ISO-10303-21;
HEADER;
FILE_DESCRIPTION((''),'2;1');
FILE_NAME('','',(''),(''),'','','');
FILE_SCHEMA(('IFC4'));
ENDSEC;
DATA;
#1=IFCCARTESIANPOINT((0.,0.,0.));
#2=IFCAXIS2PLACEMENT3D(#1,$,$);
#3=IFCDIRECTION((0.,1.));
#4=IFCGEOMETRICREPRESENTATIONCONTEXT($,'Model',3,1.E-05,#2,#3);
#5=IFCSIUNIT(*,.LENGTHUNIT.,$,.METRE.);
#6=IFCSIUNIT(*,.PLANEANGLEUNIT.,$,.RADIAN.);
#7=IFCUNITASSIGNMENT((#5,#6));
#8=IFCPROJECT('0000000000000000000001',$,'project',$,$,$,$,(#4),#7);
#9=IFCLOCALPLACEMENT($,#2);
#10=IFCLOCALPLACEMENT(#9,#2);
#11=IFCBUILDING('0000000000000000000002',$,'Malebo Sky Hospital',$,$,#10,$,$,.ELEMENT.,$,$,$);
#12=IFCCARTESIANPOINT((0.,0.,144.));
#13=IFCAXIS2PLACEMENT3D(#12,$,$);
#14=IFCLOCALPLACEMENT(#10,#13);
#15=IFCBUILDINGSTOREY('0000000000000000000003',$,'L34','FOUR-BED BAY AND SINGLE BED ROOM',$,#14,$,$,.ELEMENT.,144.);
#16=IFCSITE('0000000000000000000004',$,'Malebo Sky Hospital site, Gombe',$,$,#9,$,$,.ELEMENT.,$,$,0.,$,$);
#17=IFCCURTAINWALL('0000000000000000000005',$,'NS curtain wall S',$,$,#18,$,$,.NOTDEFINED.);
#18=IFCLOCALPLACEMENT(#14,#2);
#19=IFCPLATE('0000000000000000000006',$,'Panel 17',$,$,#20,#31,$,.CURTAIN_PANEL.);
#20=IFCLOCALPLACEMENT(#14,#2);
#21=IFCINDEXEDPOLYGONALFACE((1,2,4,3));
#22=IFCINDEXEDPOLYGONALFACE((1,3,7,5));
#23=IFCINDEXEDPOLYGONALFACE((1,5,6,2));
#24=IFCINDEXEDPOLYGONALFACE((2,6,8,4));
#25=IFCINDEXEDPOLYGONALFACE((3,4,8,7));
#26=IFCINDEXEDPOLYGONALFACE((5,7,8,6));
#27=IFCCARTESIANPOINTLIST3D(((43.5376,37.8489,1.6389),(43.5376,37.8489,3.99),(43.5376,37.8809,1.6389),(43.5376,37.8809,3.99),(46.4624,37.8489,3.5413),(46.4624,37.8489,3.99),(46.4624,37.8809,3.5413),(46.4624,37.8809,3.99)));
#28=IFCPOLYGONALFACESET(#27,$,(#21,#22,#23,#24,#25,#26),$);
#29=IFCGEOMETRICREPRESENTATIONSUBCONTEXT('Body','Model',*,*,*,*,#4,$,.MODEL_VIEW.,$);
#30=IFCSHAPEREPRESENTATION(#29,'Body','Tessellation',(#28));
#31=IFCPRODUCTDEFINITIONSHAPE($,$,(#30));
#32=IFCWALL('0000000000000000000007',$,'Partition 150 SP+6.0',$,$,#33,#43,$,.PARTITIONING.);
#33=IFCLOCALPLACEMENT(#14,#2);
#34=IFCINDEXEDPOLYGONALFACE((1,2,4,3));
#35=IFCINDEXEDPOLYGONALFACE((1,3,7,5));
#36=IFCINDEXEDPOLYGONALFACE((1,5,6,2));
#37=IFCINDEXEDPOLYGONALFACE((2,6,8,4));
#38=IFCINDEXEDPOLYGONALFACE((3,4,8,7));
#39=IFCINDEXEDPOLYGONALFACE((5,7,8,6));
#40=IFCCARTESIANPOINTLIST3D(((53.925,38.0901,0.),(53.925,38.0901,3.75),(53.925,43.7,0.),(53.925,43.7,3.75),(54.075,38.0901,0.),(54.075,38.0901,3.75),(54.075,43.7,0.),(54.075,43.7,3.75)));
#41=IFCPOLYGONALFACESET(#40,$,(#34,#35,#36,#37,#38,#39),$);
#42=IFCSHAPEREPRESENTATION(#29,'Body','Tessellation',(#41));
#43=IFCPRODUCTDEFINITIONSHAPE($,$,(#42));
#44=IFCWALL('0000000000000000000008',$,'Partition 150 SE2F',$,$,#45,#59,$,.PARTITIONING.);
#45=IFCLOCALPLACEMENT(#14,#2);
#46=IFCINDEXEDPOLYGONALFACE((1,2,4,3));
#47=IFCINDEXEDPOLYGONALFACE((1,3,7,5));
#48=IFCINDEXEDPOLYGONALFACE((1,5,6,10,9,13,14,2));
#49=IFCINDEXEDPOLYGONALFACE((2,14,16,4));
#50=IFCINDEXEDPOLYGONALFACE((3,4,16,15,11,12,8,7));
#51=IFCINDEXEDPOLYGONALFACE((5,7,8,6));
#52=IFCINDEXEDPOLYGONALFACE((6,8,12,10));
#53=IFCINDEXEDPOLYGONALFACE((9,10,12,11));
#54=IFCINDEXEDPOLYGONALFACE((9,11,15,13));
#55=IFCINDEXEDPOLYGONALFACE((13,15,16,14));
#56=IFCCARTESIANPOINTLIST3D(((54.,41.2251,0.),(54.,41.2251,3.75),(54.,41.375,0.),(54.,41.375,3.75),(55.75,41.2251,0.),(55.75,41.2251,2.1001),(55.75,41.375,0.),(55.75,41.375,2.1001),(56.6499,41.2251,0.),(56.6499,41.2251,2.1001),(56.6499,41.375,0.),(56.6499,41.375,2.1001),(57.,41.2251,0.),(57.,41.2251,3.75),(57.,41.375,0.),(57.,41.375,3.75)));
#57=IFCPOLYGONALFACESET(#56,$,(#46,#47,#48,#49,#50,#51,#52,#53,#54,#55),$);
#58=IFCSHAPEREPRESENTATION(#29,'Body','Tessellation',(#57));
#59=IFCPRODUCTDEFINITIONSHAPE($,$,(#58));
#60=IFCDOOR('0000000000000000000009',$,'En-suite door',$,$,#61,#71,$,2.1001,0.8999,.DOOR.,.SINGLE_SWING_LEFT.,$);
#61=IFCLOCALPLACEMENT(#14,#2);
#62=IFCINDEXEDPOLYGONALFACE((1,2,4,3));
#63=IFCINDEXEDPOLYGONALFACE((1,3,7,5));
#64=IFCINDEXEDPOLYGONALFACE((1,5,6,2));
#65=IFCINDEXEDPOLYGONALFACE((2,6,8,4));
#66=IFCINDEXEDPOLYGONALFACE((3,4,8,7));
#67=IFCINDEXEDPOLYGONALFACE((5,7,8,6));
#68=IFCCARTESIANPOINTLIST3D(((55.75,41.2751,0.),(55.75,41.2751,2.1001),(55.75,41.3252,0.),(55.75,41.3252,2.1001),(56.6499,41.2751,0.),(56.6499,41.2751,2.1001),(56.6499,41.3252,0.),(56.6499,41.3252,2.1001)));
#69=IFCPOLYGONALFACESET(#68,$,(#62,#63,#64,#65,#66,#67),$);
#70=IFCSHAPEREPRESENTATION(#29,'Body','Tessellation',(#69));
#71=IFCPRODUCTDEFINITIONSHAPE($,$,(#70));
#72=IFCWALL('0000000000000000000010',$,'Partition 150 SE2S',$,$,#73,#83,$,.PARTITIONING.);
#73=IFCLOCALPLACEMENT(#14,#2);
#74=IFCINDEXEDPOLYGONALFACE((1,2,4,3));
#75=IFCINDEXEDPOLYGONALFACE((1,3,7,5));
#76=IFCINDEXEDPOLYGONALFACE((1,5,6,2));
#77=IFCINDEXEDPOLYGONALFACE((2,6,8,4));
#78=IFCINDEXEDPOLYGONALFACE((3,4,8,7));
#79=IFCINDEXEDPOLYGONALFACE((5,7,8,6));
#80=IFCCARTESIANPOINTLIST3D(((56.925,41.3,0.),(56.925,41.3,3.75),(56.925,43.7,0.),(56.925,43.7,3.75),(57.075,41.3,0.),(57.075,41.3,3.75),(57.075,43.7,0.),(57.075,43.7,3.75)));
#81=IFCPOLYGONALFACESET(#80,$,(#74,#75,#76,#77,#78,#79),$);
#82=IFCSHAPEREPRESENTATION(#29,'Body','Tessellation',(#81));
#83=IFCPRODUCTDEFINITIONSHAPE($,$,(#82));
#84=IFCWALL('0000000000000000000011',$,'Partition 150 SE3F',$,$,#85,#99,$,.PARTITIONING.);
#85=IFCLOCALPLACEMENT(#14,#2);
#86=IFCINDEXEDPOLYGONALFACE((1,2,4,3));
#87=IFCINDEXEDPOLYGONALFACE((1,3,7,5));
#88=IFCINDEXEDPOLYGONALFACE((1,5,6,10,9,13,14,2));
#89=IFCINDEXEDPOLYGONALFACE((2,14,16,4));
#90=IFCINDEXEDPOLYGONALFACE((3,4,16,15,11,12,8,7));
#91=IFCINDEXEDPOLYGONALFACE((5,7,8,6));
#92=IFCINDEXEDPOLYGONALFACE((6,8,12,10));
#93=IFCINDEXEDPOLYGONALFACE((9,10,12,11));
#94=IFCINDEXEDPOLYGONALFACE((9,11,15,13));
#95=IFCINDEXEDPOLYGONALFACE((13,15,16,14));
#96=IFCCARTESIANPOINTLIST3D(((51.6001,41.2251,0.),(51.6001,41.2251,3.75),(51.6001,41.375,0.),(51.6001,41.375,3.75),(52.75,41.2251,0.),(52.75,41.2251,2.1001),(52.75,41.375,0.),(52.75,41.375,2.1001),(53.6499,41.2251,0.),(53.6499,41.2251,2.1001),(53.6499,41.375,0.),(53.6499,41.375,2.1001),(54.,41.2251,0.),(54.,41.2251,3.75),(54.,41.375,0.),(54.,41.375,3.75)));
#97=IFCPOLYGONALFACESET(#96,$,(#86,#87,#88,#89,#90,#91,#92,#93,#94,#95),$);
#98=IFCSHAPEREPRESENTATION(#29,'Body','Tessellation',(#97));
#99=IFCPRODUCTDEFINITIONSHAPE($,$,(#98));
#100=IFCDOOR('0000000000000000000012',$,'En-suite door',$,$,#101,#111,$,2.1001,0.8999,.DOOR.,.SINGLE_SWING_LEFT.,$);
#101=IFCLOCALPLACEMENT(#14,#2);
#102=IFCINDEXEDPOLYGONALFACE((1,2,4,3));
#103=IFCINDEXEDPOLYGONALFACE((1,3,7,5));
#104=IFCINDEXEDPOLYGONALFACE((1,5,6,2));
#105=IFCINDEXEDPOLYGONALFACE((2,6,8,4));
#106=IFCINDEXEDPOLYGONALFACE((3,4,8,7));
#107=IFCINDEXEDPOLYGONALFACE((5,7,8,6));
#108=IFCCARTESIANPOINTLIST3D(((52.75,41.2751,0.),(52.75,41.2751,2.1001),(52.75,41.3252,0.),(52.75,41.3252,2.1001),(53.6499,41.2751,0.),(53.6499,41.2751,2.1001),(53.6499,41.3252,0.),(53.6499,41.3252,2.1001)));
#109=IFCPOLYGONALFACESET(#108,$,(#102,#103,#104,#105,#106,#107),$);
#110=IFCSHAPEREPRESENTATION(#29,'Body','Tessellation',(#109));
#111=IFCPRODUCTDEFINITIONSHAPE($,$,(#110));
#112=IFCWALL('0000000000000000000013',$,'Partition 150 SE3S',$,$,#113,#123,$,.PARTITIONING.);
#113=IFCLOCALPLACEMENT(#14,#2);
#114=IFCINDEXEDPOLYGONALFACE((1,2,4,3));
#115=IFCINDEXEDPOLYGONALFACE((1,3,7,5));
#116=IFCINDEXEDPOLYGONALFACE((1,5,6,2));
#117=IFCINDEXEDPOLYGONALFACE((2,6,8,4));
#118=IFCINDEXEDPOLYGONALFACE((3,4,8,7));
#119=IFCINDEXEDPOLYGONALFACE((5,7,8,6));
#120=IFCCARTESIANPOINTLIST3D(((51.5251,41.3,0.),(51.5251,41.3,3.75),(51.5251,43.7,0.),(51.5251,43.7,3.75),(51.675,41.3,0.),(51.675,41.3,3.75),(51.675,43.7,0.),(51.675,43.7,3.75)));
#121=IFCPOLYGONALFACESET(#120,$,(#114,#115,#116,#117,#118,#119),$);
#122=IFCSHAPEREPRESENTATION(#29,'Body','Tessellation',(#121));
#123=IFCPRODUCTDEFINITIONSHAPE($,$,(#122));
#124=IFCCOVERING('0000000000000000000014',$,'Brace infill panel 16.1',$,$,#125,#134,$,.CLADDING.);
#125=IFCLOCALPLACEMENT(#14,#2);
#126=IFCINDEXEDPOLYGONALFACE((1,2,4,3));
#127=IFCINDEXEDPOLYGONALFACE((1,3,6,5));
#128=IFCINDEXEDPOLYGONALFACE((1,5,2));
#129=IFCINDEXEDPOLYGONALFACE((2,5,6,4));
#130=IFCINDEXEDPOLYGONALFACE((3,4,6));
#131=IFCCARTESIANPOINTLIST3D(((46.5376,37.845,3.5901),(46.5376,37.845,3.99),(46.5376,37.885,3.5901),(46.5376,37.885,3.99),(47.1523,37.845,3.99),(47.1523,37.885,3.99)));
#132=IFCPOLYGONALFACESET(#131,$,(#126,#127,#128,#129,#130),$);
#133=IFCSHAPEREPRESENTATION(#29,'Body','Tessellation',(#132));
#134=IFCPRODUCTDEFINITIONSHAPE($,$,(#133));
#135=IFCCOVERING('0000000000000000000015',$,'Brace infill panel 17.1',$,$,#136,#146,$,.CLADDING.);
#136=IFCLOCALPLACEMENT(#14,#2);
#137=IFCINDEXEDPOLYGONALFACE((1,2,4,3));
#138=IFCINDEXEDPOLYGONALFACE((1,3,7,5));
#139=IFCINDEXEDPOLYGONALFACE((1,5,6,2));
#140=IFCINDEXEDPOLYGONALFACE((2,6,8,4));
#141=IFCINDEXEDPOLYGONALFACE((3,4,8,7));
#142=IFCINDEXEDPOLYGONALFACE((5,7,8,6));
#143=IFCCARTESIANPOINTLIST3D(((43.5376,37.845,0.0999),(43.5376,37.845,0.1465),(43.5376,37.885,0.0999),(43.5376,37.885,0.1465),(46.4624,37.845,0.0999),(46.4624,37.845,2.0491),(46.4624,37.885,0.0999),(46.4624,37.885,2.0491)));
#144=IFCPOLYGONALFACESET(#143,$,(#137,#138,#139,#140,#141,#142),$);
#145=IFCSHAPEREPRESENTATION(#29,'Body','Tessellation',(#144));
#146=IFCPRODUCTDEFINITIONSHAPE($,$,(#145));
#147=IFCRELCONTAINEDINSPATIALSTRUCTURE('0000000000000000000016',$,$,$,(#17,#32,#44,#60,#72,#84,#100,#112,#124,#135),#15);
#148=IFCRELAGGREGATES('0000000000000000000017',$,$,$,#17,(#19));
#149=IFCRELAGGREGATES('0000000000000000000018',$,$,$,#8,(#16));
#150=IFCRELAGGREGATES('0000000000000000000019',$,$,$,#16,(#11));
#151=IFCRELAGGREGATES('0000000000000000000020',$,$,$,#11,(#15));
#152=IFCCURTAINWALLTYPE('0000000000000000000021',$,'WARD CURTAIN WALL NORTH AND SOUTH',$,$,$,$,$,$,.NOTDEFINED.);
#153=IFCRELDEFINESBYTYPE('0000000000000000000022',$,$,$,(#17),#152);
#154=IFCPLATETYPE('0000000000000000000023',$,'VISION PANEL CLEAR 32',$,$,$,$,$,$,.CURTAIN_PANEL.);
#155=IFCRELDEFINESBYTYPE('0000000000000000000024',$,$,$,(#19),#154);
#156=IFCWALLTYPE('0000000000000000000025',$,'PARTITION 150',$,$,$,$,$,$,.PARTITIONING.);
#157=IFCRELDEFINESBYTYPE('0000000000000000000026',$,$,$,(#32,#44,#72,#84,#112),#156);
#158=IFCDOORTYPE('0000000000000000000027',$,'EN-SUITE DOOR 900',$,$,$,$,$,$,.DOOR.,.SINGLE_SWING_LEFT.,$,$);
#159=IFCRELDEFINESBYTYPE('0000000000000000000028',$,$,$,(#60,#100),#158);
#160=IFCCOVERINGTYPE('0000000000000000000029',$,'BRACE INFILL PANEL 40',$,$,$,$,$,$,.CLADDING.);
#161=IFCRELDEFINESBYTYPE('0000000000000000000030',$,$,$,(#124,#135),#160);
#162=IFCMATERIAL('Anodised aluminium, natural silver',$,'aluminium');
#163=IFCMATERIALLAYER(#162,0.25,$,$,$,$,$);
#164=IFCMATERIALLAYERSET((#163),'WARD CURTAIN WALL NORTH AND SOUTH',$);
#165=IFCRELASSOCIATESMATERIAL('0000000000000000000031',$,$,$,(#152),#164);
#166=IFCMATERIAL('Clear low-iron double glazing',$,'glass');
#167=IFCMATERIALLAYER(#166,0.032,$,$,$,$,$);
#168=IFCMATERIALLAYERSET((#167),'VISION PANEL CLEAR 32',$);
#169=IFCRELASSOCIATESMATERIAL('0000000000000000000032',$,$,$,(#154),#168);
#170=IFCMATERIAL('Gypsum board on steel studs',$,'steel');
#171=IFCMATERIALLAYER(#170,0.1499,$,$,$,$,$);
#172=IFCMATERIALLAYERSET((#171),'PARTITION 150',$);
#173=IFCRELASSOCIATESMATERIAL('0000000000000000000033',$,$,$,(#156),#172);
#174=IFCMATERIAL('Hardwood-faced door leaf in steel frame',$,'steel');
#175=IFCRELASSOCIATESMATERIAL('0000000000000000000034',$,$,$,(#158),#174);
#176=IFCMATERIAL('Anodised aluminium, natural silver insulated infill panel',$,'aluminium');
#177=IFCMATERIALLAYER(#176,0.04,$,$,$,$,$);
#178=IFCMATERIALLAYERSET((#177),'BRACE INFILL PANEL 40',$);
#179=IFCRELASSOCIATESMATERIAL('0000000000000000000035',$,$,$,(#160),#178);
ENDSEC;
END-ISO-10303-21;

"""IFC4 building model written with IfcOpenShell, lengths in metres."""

from ifc_helpers import new_model, si_unit, direction, frame, frame_2d, origin, place, context, subcontext, project, spatial, polyline, rectangle, outline, extrude, material, layer, layer_set, type_object, element, fill, aggregate, save


model = new_model("IFC4")

# Units and contexts
model_context = context("Model", 3, precision=1e-05, world=origin(), true_north=direction((0.0, 1.0)))
body_context = subcontext(model_context, "Body", "Model", "MODEL_VIEW")
ifc_project = project(units=[si_unit("LENGTHUNIT", "METRE"), si_unit("PLANEANGLEUNIT", "RADIAN")], contexts=[model_context])

# Site, building, storey
site_placement = place(None, origin())
site = spatial("IfcSite", under=ifc_project, at=site_placement, Name="Malebo Sky Hospital site, Gombe", CompositionType="ELEMENT", RefElevation=0.0)
building_placement = place(site_placement, origin())
building = spatial("IfcBuilding", under=site, at=building_placement, Name="Malebo Sky Hospital", CompositionType="ELEMENT")
storey_placement = place(building_placement, frame((0.0, 0.0, 144.0)))
storey = spatial("IfcBuildingStorey", under=building, at=storey_placement, Name="L34", Description="FOUR-BED BAY AND SINGLE BED ROOM", CompositionType="ELEMENT", Elevation=144.0)

# Curtain wall
ifc_material_1 = material(Name="Anodised aluminium, natural silver", Category="aluminium")
ifc_layer_1 = layer(ifc_material_1, 0.25)
ifc_layer_set_1 = layer_set([ifc_layer_1], Name="WARD CURTAIN WALL NORTH AND SOUTH")
curtain_wall_type = type_object("IfcCurtainWallType", Name="WARD CURTAIN WALL NORTH AND SOUTH", PredefinedType="NOTDEFINED", material=ifc_layer_set_1)
curtain_wall_placement = place(storey_placement, origin())
curtain_wall = element("IfcCurtainWall", 1, at=curtain_wall_placement, inside=storey, type_object=curtain_wall_type, Name="NS curtain wall S", PredefinedType="NOTDEFINED")

# Plate
ifc_material_2 = material(Name="Clear low-iron double glazing", Category="glass")
ifc_layer_2 = layer(ifc_material_2, 0.032)
ifc_layer_set_2 = layer_set([ifc_layer_2], Name="VISION PANEL CLEAR 32")
plate_type = type_object("IfcPlateType", Name="VISION PANEL CLEAR 32", PredefinedType="CURTAIN_PANEL", material=ifc_layer_set_2)
plate_1_placement = place(storey_placement, frame((45.0, 37.865, 1.6389), z_axis=(0.0, 0.0, 1.0), x_axis=(-1.0, 0.0, 0.0)))
plate_1 = element("IfcPlate", 2, at=plate_1_placement, type_object=plate_type, Name="Panel 17", PredefinedType="CURTAIN_PANEL", context=body_context, shape_type="SweptSolid", body=[
    extrude(outline(polyline([(1.4624, 0.0), (1.4624, 2.3511), (-1.4624, 2.3511), (-1.4624, 1.9023), (1.4624, 0.0)])), frame((0.0, 0.0161, 0.0), z_axis=(0.0, -1.0, 0.0), x_axis=(1.0, 0.0, 0.0)), (0.0, 0.0, 1.0), 0.032),
])
aggregate(curtain_wall, [plate_1])

# Wall
ifc_material_3 = material(Name="Gypsum board on steel studs", Category="steel")
ifc_layer_3 = layer(ifc_material_3, 0.1499)
ifc_layer_set_3 = layer_set([ifc_layer_3], Name="PARTITION 150")
wall_type = type_object("IfcWallType", Name="PARTITION 150", PredefinedType="PARTITIONING", material=ifc_layer_set_3)
wall_1_placement = place(storey_placement, frame((54.0, 43.7, 0.0), z_axis=(0.0, 0.0, 1.0), x_axis=(0.0, -1.0, 0.0)))
element("IfcWall", 3, at=wall_1_placement, inside=storey, type_object=wall_type, Name="Partition 150 SP+6.0", PredefinedType="PARTITIONING", context=body_context, shape_type="SweptSolid", body=[
    extrude(rectangle(XDim=5.6099, YDim=0.1499, at=frame_2d((2.8049, 0.0))), origin(), (0.0, 0.0, 1.0), 3.75),
])

# Wall, opening, door
wall_2_placement = place(storey_placement, frame((57.0, 41.3, 0.0), z_axis=(0.0, 0.0, 1.0), x_axis=(-1.0, 0.0, 0.0)))
wall_2 = element("IfcWall", 4, at=wall_2_placement, inside=storey, type_object=wall_type, Name="Partition 150 SE2F", PredefinedType="PARTITIONING", context=body_context, shape_type="SweptSolid", body=[
    extrude(rectangle(XDim=3.0, YDim=0.1499, at=frame_2d((1.5, 0.0))), origin(), (0.0, 0.0, 1.0), 3.75),
])
opening_1_placement = place(wall_2_placement, frame((0.3501, 0.0, 0.0)))
opening_1 = element("IfcOpeningElement", 5, at=opening_1_placement, cuts=wall_2, PredefinedType="OPENING", context=body_context, shape_type="SweptSolid", body=[
    extrude(rectangle(XDim=0.8999, YDim=2.1001, at=frame_2d((0.45, 1.05))), frame((0.0, 0.085, 0.0), z_axis=(0.0, -1.0, 0.0), x_axis=(1.0, 0.0, 0.0)), (0.0, 0.0, 1.0), 0.1699),
])
ifc_material_4 = material(Name="Hardwood-faced door leaf in steel frame", Category="steel")
door_type = type_object("IfcDoorType", Name="EN-SUITE DOOR 900", OperationType="SINGLE_SWING_LEFT", PredefinedType="DOOR", material=ifc_material_4)
door_1_placement = place(opening_1_placement, origin())
door_1 = element("IfcDoor", 6, at=door_1_placement, inside=storey, type_object=door_type, Name="En-suite door", OperationType="SINGLE_SWING_LEFT", OverallHeight=2.1001, OverallWidth=0.8999, PredefinedType="DOOR", context=body_context, shape_type="SweptSolid", body=[
    extrude(rectangle(XDim=0.8999, YDim=2.1001, at=frame_2d((0.45, 1.05))), frame((0.0, 0.0249, 0.0), z_axis=(0.0, -1.0, 0.0), x_axis=(1.0, 0.0, 0.0)), (0.0, 0.0, 1.0), 0.05),
])
fill(opening_1, door_1)

# Wall
wall_3_placement = place(storey_placement, frame((57.0, 43.7, 0.0), z_axis=(0.0, 0.0, 1.0), x_axis=(0.0, -1.0, 0.0)))
element("IfcWall", 7, at=wall_3_placement, inside=storey, type_object=wall_type, Name="Partition 150 SE2S", PredefinedType="PARTITIONING", context=body_context, shape_type="SweptSolid", body=[
    extrude(rectangle(XDim=2.3999, YDim=0.1499, at=frame_2d((1.2, 0.0))), origin(), (0.0, 0.0, 1.0), 3.75),
])

# Wall, opening, door
wall_4_placement = place(storey_placement, frame((54.0, 41.3, 0.0), z_axis=(0.0, 0.0, 1.0), x_axis=(-1.0, 0.0, 0.0)))
wall_4 = element("IfcWall", 8, at=wall_4_placement, inside=storey, type_object=wall_type, Name="Partition 150 SE3F", PredefinedType="PARTITIONING", context=body_context, shape_type="SweptSolid", body=[
    extrude(rectangle(XDim=2.3999, YDim=0.1499, at=frame_2d((1.2, 0.0))), origin(), (0.0, 0.0, 1.0), 3.75),
])
opening_2_placement = place(wall_4_placement, frame((0.3501, 0.0, 0.0)))
opening_2 = element("IfcOpeningElement", 9, at=opening_2_placement, cuts=wall_4, PredefinedType="OPENING", context=body_context, shape_type="SweptSolid", body=[
    extrude(rectangle(XDim=0.8999, YDim=2.1001, at=frame_2d((0.45, 1.05))), frame((0.0, 0.085, 0.0), z_axis=(0.0, -1.0, 0.0), x_axis=(1.0, 0.0, 0.0)), (0.0, 0.0, 1.0), 0.1699),
])
door_2_placement = place(opening_2_placement, origin())
door_2 = element("IfcDoor", 10, at=door_2_placement, inside=storey, type_object=door_type, Name="En-suite door", OperationType="SINGLE_SWING_LEFT", OverallHeight=2.1001, OverallWidth=0.8999, PredefinedType="DOOR", context=body_context, shape_type="SweptSolid", body=[
    extrude(rectangle(XDim=0.8999, YDim=2.1001, at=frame_2d((0.45, 1.05))), frame((0.0, 0.0249, 0.0), z_axis=(0.0, -1.0, 0.0), x_axis=(1.0, 0.0, 0.0)), (0.0, 0.0, 1.0), 0.05),
])
fill(opening_2, door_2)

# Wall
wall_5_placement = place(storey_placement, frame((51.6001, 43.7, 0.0), z_axis=(0.0, 0.0, 1.0), x_axis=(0.0, -1.0, 0.0)))
element("IfcWall", 11, at=wall_5_placement, inside=storey, type_object=wall_type, Name="Partition 150 SE3S", PredefinedType="PARTITIONING", context=body_context, shape_type="SweptSolid", body=[
    extrude(rectangle(XDim=2.3999, YDim=0.1499, at=frame_2d((1.2, 0.0))), origin(), (0.0, 0.0, 1.0), 3.75),
])

# Coverings
ifc_material_5 = material(Name="Anodised aluminium, natural silver insulated infill panel", Category="aluminium")
ifc_layer_4 = layer(ifc_material_5, 0.04)
ifc_layer_set_4 = layer_set([ifc_layer_4], Name="BRACE INFILL PANEL 40")
covering_type = type_object("IfcCoveringType", Name="BRACE INFILL PANEL 40", PredefinedType="CLADDING", material=ifc_layer_set_4)
covering_1_placement = place(storey_placement, frame((46.845, 37.865, 3.5901), z_axis=(0.0, 0.0, 1.0), x_axis=(-1.0, 0.0, 0.0)))
element("IfcCovering", 12, at=covering_1_placement, inside=storey, type_object=covering_type, Name="Brace infill panel 16.1", PredefinedType="CLADDING", context=body_context, shape_type="SweptSolid", body=[
    extrude(outline(polyline([(0.3074, 0.0), (0.3074, 0.3999), (-0.3074, 0.3999), (0.3074, 0.0)])), frame((0.0, 0.02, 0.0), z_axis=(0.0, -1.0, 0.0), x_axis=(1.0, 0.0, 0.0)), (0.0, 0.0, 1.0), 0.04),
])
covering_2_placement = place(storey_placement, frame((45.0, 37.865, 0.0999), z_axis=(0.0, 0.0, 1.0), x_axis=(-1.0, 0.0, 0.0)))
element("IfcCovering", 13, at=covering_2_placement, inside=storey, type_object=covering_type, Name="Brace infill panel 17.1", PredefinedType="CLADDING", context=body_context, shape_type="SweptSolid", body=[
    extrude(outline(polyline([(-1.4624, 0.0), (1.4624, 0.0), (1.4624, 0.0466), (-1.4624, 1.9492), (-1.4624, 0.0)])), frame((0.0, 0.02, 0.0), z_axis=(0.0, -1.0, 0.0), x_axis=(1.0, 0.0, 0.0)), (0.0, 0.0, 1.0), 0.04),
])

save(model, "model.ifc")
